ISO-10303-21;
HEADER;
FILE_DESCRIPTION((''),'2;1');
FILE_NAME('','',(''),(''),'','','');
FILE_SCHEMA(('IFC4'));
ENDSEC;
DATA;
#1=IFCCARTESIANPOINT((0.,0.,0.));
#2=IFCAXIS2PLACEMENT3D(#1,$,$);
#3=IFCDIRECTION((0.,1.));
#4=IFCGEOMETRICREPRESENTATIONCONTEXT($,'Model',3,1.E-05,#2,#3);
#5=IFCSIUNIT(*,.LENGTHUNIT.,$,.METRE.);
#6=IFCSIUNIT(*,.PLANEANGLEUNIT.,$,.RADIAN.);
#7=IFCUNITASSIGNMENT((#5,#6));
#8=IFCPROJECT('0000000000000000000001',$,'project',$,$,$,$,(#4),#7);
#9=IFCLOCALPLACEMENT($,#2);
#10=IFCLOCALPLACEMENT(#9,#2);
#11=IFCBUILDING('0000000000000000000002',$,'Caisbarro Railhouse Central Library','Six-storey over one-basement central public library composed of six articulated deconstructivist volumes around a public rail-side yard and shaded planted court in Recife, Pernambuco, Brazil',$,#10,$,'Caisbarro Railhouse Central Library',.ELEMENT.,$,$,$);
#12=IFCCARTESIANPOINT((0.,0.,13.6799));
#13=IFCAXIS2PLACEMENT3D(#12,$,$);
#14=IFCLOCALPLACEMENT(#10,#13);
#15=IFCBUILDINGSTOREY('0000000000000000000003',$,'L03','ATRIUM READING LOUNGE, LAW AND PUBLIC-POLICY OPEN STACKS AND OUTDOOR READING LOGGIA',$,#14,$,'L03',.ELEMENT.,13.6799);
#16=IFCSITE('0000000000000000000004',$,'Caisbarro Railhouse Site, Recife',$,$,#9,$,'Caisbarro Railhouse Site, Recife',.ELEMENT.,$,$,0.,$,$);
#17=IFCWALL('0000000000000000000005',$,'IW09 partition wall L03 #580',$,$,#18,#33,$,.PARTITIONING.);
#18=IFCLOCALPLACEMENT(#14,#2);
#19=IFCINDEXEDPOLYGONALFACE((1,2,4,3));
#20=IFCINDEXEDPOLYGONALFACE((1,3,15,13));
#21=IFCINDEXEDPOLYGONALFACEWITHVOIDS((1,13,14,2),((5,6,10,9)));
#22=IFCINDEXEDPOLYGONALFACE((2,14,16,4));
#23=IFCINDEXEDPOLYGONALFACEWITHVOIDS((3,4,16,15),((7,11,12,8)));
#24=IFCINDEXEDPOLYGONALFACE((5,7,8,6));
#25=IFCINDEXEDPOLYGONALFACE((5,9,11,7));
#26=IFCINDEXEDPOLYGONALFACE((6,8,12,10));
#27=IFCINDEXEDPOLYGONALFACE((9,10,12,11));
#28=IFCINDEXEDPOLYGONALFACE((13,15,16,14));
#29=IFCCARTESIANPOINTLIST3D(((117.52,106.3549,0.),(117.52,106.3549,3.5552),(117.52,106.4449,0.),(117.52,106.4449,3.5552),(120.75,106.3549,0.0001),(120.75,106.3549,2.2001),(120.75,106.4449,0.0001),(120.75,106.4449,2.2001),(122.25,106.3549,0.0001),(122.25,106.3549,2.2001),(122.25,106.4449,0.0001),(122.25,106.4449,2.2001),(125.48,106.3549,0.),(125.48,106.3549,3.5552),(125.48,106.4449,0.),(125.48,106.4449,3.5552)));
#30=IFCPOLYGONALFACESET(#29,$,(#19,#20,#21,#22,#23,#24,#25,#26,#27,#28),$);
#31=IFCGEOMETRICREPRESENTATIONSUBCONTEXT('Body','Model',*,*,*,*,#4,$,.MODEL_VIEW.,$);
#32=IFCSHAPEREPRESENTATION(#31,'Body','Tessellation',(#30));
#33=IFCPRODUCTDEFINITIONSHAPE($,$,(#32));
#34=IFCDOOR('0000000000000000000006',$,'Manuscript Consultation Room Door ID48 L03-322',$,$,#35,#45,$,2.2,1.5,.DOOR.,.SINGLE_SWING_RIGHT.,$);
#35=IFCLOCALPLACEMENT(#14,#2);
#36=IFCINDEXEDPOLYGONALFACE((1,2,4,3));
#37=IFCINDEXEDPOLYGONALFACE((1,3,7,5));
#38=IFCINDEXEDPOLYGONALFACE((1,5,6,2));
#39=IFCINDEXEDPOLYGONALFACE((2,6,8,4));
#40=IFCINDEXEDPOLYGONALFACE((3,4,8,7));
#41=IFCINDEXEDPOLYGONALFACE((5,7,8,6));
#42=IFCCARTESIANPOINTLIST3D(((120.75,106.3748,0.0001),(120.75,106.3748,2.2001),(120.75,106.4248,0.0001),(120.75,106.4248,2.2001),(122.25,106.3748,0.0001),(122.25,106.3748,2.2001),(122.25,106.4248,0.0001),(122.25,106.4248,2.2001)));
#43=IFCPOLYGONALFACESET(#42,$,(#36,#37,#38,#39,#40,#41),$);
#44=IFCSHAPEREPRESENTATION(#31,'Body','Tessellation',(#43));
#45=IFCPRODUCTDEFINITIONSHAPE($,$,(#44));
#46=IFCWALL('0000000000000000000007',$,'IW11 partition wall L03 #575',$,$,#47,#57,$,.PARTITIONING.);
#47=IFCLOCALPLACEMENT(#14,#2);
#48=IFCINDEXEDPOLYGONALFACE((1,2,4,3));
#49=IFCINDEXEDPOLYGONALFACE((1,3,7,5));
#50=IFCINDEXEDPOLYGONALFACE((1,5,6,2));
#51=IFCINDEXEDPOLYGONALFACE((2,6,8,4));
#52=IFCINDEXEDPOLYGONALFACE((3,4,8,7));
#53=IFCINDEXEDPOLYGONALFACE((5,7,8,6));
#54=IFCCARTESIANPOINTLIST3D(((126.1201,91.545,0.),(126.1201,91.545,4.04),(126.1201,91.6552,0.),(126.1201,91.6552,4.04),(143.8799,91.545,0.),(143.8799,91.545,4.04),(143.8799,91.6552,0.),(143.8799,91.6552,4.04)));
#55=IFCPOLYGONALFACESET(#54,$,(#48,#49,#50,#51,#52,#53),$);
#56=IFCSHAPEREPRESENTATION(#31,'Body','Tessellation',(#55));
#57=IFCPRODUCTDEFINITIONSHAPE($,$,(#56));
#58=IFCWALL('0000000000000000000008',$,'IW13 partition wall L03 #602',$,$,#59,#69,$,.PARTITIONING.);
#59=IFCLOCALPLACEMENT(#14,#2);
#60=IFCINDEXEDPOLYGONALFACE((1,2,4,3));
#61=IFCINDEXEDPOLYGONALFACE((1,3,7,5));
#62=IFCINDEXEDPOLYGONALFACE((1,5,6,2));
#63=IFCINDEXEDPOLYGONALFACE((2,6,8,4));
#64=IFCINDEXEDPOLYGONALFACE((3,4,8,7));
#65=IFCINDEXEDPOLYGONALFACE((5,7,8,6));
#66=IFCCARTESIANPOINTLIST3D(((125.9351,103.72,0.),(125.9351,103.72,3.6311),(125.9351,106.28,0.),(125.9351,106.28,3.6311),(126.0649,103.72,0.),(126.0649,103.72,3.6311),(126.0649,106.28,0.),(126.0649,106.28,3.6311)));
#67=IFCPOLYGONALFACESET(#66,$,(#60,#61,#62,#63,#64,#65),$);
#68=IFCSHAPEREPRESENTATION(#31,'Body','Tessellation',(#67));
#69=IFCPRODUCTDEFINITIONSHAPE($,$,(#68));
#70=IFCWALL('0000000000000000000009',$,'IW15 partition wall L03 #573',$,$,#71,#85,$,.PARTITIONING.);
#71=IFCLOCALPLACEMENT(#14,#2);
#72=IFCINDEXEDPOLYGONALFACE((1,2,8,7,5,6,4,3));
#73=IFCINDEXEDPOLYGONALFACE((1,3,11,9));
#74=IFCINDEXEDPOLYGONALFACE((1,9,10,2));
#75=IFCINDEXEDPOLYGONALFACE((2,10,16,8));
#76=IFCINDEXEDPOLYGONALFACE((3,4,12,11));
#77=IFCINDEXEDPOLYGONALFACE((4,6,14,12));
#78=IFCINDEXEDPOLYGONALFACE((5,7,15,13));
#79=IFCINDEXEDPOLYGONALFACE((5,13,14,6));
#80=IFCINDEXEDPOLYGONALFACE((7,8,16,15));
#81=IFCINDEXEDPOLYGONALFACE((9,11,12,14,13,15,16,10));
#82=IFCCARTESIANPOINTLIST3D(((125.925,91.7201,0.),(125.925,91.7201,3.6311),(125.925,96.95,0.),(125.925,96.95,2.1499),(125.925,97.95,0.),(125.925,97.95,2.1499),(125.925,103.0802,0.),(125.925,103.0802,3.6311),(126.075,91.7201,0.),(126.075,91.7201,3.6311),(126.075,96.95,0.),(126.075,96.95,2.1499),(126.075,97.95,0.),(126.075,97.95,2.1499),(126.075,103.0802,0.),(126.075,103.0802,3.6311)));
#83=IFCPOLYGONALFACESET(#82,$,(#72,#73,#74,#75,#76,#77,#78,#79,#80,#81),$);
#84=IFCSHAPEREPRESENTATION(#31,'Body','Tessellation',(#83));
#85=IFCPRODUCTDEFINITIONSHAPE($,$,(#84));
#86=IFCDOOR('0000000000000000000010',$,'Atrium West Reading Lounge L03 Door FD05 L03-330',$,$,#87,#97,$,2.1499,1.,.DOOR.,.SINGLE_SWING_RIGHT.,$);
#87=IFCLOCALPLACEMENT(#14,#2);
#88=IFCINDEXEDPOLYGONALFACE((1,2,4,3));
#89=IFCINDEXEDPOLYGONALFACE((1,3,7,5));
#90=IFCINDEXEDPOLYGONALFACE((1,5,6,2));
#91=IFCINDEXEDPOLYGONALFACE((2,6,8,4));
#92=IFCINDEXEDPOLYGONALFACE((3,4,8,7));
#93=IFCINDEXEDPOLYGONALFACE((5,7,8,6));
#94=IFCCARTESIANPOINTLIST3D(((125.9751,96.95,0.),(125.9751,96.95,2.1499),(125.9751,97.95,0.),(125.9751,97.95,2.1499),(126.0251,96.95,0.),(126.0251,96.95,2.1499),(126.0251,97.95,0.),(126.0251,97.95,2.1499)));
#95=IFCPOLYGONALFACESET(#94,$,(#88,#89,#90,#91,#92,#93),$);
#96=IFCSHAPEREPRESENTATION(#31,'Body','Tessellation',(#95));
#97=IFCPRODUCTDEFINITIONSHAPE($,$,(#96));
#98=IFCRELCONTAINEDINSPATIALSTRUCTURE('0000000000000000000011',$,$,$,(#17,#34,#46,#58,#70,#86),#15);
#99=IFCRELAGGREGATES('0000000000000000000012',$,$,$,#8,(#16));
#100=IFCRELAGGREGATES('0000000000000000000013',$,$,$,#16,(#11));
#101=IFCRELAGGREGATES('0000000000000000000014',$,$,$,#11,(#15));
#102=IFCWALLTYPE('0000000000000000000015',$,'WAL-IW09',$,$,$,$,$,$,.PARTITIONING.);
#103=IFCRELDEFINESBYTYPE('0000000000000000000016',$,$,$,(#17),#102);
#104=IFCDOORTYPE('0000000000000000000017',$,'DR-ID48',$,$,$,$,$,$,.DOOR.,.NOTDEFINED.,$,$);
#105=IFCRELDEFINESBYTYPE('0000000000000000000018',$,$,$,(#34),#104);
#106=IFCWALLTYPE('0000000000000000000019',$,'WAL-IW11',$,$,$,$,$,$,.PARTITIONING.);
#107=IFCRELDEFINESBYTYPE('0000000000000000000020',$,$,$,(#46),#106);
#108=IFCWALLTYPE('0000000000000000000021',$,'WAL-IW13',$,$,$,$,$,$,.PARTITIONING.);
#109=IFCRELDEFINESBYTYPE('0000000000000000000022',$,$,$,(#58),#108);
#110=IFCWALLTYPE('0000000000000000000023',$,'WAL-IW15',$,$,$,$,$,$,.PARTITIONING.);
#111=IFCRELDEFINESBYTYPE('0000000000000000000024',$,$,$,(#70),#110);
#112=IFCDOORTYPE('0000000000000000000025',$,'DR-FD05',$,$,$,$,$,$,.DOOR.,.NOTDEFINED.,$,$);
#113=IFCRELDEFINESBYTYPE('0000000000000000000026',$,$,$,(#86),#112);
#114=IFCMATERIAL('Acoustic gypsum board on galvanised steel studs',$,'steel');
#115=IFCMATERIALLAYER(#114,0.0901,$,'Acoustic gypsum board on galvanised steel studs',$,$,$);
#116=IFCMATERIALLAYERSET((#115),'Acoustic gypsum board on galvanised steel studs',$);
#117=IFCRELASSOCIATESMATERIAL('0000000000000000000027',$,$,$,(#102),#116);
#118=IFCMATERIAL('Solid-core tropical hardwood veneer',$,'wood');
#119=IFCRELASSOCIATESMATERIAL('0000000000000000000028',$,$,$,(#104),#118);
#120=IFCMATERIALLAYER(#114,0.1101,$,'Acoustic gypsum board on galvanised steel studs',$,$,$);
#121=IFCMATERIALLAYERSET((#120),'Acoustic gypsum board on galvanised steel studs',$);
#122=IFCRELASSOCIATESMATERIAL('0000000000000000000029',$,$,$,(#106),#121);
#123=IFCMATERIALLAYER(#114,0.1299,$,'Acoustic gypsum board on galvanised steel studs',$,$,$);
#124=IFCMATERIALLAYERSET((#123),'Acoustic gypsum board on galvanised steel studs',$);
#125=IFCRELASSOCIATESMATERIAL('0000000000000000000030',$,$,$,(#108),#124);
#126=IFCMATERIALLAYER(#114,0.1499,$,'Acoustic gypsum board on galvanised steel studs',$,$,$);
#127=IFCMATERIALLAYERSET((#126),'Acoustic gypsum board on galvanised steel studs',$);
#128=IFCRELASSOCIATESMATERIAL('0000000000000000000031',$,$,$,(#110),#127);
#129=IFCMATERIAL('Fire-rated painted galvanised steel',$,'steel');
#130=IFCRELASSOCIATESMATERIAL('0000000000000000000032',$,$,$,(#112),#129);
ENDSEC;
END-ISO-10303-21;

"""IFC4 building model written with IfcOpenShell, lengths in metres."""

from ifc_helpers import new_model, si_unit, direction, frame, frame_2d, origin, place, context, subcontext, project, spatial, rectangle, extrude, material, layer, layer_set, type_object, element, fill, save


model = new_model("IFC4")

# Units and contexts
model_context = context("Model", 3, precision=1e-05, world=origin(), true_north=direction((0.0, 1.0)))
body_context = subcontext(model_context, "Body", "Model", "MODEL_VIEW")
ifc_project = project(units=[si_unit("LENGTHUNIT", "METRE"), si_unit("PLANEANGLEUNIT", "RADIAN")], contexts=[model_context])

# Site, building, storey
site_placement = place(None, origin())
site = spatial("IfcSite", under=ifc_project, at=site_placement, Name="Caisbarro Railhouse Site, Recife", LongName="Caisbarro Railhouse Site, Recife", CompositionType="ELEMENT", RefElevation=0.0)
building_placement = place(site_placement, origin())
building = spatial("IfcBuilding", under=site, at=building_placement, Name="Caisbarro Railhouse Central Library", Description="Six-storey over one-basement central public library composed of six articulated deconstructivist volumes around a public rail-side yard and shaded planted court in Recife, Pernambuco, Brazil", LongName="Caisbarro Railhouse Central Library", CompositionType="ELEMENT")
storey_placement = place(building_placement, frame((0.0, 0.0, 13.6799)))
storey = spatial("IfcBuildingStorey", under=building, at=storey_placement, Name="L03", Description="ATRIUM READING LOUNGE, LAW AND PUBLIC-POLICY OPEN STACKS AND OUTDOOR READING LOGGIA", LongName="L03", CompositionType="ELEMENT", Elevation=13.6799)

# Shared definitions
ifc_material_1 = material(Name="Acoustic gypsum board on galvanised steel studs", Category="steel")
ifc_layer_1 = layer(ifc_material_1, 0.0901, Name="Acoustic gypsum board on galvanised steel studs")
ifc_layer_set_1 = layer_set([ifc_layer_1], Name="Acoustic gypsum board on galvanised steel studs")
wall_type_1 = type_object("IfcWallType", Name="WAL-IW09", PredefinedType="PARTITIONING", material=ifc_layer_set_1)
ifc_material_2 = material(Name="Solid-core tropical hardwood veneer", Category="wood")

# Wall, opening, door
wall_1_placement = place(storey_placement, frame((117.52, 106.3999, 0.0), z_axis=(0.0, 0.0, 1.0), x_axis=(1.0, 0.0, 0.0)))
wall_1 = element("IfcWall", 1, at=wall_1_placement, inside=storey, type_object=wall_type_1, Name="IW09 partition wall L03 #580", PredefinedType="PARTITIONING", context=body_context, shape_type="SweptSolid", body=[
    extrude(rectangle(XDim=7.96, YDim=0.0901, at=frame_2d((3.98, 0.0))), origin(), (0.0, 0.0, 1.0), 3.5552),
])
opening_1_placement = place(wall_1_placement, frame((3.23, 0.0, 0.0)))
opening_1 = element("IfcOpeningElement", 2, at=opening_1_placement, cuts=wall_1, PredefinedType="OPENING", context=body_context, shape_type="SweptSolid", body=[
    extrude(rectangle(XDim=1.5, YDim=2.2, at=frame_2d((0.75, 1.1001))), frame((0.0, 0.0552, 0.0), z_axis=(0.0, -1.0, 0.0), x_axis=(1.0, 0.0, 0.0)), (0.0, 0.0, 1.0), 0.1101),
])
door_type_1 = type_object("IfcDoorType", Name="DR-ID48", OperationType="NOTDEFINED", PredefinedType="DOOR", material=ifc_material_2)
door_1_placement = place(opening_1_placement, origin())
door_1 = element("IfcDoor", 3, at=door_1_placement, inside=storey, type_object=door_type_1, Name="Manuscript Consultation Room Door ID48 L03-322", OperationType="SINGLE_SWING_RIGHT", OverallHeight=2.2, OverallWidth=1.5, PredefinedType="DOOR", context=body_context, shape_type="SweptSolid", body=[
    extrude(rectangle(XDim=1.5, YDim=2.2, at=frame_2d((0.75, 1.1001))), frame((0.0, 0.0249, 0.0), z_axis=(0.0, -1.0, 0.0), x_axis=(1.0, 0.0, 0.0)), (0.0, 0.0, 1.0), 0.05),
])
fill(opening_1, door_1)

# Walls
ifc_layer_2 = layer(ifc_material_1, 0.1101, Name="Acoustic gypsum board on galvanised steel studs")
ifc_layer_set_2 = layer_set([ifc_layer_2], Name="Acoustic gypsum board on galvanised steel studs")
wall_type_2 = type_object("IfcWallType", Name="WAL-IW11", PredefinedType="PARTITIONING", material=ifc_layer_set_2)
wall_2_placement = place(storey_placement, frame((126.1201, 91.6001, 0.0), z_axis=(0.0, 0.0, 1.0), x_axis=(1.0, 0.0, 0.0)))
element("IfcWall", 4, at=wall_2_placement, inside=storey, type_object=wall_type_2, Name="IW11 partition wall L03 #575", PredefinedType="PARTITIONING", context=body_context, shape_type="SweptSolid", body=[
    extrude(rectangle(XDim=17.7598, YDim=0.1101, at=frame_2d((8.8799, 0.0))), origin(), (0.0, 0.0, 1.0), 4.04),
])
ifc_layer_3 = layer(ifc_material_1, 0.1299, Name="Acoustic gypsum board on galvanised steel studs")
ifc_layer_set_3 = layer_set([ifc_layer_3], Name="Acoustic gypsum board on galvanised steel studs")
wall_type_3 = type_object("IfcWallType", Name="WAL-IW13", PredefinedType="PARTITIONING", material=ifc_layer_set_3)
wall_3_placement = place(storey_placement, frame((126.0, 103.72, 0.0), z_axis=(0.0, 0.0, 1.0), x_axis=(0.0, 1.0, 0.0)))
element("IfcWall", 5, at=wall_3_placement, inside=storey, type_object=wall_type_3, Name="IW13 partition wall L03 #602", PredefinedType="PARTITIONING", context=body_context, shape_type="SweptSolid", body=[
    extrude(rectangle(XDim=2.5601, YDim=0.1299, at=frame_2d((1.28, 0.0))), origin(), (0.0, 0.0, 1.0), 3.6311),
])

# Wall, opening, door
ifc_layer_4 = layer(ifc_material_1, 0.1499, Name="Acoustic gypsum board on galvanised steel studs")
ifc_layer_set_4 = layer_set([ifc_layer_4], Name="Acoustic gypsum board on galvanised steel studs")
wall_type_4 = type_object("IfcWallType", Name="WAL-IW15", PredefinedType="PARTITIONING", material=ifc_layer_set_4)
wall_4_placement = place(storey_placement, frame((126.0, 91.72, 0.0), z_axis=(0.0, 0.0, 1.0), x_axis=(0.0, 1.0, 0.0)))
wall_4 = element("IfcWall", 6, at=wall_4_placement, inside=storey, type_object=wall_type_4, Name="IW15 partition wall L03 #573", PredefinedType="PARTITIONING", context=body_context, shape_type="SweptSolid", body=[
    extrude(rectangle(XDim=11.3601, YDim=0.1499, at=frame_2d((5.6802, 0.0))), origin(), (0.0, 0.0, 1.0), 3.6311),
])
opening_2_placement = place(wall_4_placement, frame((5.23, 0.0, 0.0)))
opening_2 = element("IfcOpeningElement", 7, at=opening_2_placement, cuts=wall_4, PredefinedType="OPENING", context=body_context, shape_type="SweptSolid", body=[
    extrude(rectangle(XDim=1.0, YDim=2.1499, at=frame_2d((0.5, 1.075))), frame((0.0, 0.085, 0.0), z_axis=(0.0, -1.0, 0.0), x_axis=(1.0, 0.0, 0.0)), (0.0, 0.0, 1.0), 0.1699),
])
ifc_material_3 = material(Name="Fire-rated painted galvanised steel", Category="steel")
door_type_2 = type_object("IfcDoorType", Name="DR-FD05", OperationType="NOTDEFINED", PredefinedType="DOOR", material=ifc_material_3)
door_2_placement = place(opening_2_placement, origin())
door_2 = element("IfcDoor", 8, at=door_2_placement, inside=storey, type_object=door_type_2, Name="Atrium West Reading Lounge L03 Door FD05 L03-330", OperationType="SINGLE_SWING_RIGHT", OverallHeight=2.1499, OverallWidth=1.0, PredefinedType="DOOR", context=body_context, shape_type="SweptSolid", body=[
    extrude(rectangle(XDim=1.0, YDim=2.1499, at=frame_2d((0.5, 1.075))), frame((0.0, 0.0249, 0.0), z_axis=(0.0, -1.0, 0.0), x_axis=(1.0, 0.0, 0.0)), (0.0, 0.0, 1.0), 0.05),
])
fill(opening_2, door_2)

save(model, "model.ifc")
